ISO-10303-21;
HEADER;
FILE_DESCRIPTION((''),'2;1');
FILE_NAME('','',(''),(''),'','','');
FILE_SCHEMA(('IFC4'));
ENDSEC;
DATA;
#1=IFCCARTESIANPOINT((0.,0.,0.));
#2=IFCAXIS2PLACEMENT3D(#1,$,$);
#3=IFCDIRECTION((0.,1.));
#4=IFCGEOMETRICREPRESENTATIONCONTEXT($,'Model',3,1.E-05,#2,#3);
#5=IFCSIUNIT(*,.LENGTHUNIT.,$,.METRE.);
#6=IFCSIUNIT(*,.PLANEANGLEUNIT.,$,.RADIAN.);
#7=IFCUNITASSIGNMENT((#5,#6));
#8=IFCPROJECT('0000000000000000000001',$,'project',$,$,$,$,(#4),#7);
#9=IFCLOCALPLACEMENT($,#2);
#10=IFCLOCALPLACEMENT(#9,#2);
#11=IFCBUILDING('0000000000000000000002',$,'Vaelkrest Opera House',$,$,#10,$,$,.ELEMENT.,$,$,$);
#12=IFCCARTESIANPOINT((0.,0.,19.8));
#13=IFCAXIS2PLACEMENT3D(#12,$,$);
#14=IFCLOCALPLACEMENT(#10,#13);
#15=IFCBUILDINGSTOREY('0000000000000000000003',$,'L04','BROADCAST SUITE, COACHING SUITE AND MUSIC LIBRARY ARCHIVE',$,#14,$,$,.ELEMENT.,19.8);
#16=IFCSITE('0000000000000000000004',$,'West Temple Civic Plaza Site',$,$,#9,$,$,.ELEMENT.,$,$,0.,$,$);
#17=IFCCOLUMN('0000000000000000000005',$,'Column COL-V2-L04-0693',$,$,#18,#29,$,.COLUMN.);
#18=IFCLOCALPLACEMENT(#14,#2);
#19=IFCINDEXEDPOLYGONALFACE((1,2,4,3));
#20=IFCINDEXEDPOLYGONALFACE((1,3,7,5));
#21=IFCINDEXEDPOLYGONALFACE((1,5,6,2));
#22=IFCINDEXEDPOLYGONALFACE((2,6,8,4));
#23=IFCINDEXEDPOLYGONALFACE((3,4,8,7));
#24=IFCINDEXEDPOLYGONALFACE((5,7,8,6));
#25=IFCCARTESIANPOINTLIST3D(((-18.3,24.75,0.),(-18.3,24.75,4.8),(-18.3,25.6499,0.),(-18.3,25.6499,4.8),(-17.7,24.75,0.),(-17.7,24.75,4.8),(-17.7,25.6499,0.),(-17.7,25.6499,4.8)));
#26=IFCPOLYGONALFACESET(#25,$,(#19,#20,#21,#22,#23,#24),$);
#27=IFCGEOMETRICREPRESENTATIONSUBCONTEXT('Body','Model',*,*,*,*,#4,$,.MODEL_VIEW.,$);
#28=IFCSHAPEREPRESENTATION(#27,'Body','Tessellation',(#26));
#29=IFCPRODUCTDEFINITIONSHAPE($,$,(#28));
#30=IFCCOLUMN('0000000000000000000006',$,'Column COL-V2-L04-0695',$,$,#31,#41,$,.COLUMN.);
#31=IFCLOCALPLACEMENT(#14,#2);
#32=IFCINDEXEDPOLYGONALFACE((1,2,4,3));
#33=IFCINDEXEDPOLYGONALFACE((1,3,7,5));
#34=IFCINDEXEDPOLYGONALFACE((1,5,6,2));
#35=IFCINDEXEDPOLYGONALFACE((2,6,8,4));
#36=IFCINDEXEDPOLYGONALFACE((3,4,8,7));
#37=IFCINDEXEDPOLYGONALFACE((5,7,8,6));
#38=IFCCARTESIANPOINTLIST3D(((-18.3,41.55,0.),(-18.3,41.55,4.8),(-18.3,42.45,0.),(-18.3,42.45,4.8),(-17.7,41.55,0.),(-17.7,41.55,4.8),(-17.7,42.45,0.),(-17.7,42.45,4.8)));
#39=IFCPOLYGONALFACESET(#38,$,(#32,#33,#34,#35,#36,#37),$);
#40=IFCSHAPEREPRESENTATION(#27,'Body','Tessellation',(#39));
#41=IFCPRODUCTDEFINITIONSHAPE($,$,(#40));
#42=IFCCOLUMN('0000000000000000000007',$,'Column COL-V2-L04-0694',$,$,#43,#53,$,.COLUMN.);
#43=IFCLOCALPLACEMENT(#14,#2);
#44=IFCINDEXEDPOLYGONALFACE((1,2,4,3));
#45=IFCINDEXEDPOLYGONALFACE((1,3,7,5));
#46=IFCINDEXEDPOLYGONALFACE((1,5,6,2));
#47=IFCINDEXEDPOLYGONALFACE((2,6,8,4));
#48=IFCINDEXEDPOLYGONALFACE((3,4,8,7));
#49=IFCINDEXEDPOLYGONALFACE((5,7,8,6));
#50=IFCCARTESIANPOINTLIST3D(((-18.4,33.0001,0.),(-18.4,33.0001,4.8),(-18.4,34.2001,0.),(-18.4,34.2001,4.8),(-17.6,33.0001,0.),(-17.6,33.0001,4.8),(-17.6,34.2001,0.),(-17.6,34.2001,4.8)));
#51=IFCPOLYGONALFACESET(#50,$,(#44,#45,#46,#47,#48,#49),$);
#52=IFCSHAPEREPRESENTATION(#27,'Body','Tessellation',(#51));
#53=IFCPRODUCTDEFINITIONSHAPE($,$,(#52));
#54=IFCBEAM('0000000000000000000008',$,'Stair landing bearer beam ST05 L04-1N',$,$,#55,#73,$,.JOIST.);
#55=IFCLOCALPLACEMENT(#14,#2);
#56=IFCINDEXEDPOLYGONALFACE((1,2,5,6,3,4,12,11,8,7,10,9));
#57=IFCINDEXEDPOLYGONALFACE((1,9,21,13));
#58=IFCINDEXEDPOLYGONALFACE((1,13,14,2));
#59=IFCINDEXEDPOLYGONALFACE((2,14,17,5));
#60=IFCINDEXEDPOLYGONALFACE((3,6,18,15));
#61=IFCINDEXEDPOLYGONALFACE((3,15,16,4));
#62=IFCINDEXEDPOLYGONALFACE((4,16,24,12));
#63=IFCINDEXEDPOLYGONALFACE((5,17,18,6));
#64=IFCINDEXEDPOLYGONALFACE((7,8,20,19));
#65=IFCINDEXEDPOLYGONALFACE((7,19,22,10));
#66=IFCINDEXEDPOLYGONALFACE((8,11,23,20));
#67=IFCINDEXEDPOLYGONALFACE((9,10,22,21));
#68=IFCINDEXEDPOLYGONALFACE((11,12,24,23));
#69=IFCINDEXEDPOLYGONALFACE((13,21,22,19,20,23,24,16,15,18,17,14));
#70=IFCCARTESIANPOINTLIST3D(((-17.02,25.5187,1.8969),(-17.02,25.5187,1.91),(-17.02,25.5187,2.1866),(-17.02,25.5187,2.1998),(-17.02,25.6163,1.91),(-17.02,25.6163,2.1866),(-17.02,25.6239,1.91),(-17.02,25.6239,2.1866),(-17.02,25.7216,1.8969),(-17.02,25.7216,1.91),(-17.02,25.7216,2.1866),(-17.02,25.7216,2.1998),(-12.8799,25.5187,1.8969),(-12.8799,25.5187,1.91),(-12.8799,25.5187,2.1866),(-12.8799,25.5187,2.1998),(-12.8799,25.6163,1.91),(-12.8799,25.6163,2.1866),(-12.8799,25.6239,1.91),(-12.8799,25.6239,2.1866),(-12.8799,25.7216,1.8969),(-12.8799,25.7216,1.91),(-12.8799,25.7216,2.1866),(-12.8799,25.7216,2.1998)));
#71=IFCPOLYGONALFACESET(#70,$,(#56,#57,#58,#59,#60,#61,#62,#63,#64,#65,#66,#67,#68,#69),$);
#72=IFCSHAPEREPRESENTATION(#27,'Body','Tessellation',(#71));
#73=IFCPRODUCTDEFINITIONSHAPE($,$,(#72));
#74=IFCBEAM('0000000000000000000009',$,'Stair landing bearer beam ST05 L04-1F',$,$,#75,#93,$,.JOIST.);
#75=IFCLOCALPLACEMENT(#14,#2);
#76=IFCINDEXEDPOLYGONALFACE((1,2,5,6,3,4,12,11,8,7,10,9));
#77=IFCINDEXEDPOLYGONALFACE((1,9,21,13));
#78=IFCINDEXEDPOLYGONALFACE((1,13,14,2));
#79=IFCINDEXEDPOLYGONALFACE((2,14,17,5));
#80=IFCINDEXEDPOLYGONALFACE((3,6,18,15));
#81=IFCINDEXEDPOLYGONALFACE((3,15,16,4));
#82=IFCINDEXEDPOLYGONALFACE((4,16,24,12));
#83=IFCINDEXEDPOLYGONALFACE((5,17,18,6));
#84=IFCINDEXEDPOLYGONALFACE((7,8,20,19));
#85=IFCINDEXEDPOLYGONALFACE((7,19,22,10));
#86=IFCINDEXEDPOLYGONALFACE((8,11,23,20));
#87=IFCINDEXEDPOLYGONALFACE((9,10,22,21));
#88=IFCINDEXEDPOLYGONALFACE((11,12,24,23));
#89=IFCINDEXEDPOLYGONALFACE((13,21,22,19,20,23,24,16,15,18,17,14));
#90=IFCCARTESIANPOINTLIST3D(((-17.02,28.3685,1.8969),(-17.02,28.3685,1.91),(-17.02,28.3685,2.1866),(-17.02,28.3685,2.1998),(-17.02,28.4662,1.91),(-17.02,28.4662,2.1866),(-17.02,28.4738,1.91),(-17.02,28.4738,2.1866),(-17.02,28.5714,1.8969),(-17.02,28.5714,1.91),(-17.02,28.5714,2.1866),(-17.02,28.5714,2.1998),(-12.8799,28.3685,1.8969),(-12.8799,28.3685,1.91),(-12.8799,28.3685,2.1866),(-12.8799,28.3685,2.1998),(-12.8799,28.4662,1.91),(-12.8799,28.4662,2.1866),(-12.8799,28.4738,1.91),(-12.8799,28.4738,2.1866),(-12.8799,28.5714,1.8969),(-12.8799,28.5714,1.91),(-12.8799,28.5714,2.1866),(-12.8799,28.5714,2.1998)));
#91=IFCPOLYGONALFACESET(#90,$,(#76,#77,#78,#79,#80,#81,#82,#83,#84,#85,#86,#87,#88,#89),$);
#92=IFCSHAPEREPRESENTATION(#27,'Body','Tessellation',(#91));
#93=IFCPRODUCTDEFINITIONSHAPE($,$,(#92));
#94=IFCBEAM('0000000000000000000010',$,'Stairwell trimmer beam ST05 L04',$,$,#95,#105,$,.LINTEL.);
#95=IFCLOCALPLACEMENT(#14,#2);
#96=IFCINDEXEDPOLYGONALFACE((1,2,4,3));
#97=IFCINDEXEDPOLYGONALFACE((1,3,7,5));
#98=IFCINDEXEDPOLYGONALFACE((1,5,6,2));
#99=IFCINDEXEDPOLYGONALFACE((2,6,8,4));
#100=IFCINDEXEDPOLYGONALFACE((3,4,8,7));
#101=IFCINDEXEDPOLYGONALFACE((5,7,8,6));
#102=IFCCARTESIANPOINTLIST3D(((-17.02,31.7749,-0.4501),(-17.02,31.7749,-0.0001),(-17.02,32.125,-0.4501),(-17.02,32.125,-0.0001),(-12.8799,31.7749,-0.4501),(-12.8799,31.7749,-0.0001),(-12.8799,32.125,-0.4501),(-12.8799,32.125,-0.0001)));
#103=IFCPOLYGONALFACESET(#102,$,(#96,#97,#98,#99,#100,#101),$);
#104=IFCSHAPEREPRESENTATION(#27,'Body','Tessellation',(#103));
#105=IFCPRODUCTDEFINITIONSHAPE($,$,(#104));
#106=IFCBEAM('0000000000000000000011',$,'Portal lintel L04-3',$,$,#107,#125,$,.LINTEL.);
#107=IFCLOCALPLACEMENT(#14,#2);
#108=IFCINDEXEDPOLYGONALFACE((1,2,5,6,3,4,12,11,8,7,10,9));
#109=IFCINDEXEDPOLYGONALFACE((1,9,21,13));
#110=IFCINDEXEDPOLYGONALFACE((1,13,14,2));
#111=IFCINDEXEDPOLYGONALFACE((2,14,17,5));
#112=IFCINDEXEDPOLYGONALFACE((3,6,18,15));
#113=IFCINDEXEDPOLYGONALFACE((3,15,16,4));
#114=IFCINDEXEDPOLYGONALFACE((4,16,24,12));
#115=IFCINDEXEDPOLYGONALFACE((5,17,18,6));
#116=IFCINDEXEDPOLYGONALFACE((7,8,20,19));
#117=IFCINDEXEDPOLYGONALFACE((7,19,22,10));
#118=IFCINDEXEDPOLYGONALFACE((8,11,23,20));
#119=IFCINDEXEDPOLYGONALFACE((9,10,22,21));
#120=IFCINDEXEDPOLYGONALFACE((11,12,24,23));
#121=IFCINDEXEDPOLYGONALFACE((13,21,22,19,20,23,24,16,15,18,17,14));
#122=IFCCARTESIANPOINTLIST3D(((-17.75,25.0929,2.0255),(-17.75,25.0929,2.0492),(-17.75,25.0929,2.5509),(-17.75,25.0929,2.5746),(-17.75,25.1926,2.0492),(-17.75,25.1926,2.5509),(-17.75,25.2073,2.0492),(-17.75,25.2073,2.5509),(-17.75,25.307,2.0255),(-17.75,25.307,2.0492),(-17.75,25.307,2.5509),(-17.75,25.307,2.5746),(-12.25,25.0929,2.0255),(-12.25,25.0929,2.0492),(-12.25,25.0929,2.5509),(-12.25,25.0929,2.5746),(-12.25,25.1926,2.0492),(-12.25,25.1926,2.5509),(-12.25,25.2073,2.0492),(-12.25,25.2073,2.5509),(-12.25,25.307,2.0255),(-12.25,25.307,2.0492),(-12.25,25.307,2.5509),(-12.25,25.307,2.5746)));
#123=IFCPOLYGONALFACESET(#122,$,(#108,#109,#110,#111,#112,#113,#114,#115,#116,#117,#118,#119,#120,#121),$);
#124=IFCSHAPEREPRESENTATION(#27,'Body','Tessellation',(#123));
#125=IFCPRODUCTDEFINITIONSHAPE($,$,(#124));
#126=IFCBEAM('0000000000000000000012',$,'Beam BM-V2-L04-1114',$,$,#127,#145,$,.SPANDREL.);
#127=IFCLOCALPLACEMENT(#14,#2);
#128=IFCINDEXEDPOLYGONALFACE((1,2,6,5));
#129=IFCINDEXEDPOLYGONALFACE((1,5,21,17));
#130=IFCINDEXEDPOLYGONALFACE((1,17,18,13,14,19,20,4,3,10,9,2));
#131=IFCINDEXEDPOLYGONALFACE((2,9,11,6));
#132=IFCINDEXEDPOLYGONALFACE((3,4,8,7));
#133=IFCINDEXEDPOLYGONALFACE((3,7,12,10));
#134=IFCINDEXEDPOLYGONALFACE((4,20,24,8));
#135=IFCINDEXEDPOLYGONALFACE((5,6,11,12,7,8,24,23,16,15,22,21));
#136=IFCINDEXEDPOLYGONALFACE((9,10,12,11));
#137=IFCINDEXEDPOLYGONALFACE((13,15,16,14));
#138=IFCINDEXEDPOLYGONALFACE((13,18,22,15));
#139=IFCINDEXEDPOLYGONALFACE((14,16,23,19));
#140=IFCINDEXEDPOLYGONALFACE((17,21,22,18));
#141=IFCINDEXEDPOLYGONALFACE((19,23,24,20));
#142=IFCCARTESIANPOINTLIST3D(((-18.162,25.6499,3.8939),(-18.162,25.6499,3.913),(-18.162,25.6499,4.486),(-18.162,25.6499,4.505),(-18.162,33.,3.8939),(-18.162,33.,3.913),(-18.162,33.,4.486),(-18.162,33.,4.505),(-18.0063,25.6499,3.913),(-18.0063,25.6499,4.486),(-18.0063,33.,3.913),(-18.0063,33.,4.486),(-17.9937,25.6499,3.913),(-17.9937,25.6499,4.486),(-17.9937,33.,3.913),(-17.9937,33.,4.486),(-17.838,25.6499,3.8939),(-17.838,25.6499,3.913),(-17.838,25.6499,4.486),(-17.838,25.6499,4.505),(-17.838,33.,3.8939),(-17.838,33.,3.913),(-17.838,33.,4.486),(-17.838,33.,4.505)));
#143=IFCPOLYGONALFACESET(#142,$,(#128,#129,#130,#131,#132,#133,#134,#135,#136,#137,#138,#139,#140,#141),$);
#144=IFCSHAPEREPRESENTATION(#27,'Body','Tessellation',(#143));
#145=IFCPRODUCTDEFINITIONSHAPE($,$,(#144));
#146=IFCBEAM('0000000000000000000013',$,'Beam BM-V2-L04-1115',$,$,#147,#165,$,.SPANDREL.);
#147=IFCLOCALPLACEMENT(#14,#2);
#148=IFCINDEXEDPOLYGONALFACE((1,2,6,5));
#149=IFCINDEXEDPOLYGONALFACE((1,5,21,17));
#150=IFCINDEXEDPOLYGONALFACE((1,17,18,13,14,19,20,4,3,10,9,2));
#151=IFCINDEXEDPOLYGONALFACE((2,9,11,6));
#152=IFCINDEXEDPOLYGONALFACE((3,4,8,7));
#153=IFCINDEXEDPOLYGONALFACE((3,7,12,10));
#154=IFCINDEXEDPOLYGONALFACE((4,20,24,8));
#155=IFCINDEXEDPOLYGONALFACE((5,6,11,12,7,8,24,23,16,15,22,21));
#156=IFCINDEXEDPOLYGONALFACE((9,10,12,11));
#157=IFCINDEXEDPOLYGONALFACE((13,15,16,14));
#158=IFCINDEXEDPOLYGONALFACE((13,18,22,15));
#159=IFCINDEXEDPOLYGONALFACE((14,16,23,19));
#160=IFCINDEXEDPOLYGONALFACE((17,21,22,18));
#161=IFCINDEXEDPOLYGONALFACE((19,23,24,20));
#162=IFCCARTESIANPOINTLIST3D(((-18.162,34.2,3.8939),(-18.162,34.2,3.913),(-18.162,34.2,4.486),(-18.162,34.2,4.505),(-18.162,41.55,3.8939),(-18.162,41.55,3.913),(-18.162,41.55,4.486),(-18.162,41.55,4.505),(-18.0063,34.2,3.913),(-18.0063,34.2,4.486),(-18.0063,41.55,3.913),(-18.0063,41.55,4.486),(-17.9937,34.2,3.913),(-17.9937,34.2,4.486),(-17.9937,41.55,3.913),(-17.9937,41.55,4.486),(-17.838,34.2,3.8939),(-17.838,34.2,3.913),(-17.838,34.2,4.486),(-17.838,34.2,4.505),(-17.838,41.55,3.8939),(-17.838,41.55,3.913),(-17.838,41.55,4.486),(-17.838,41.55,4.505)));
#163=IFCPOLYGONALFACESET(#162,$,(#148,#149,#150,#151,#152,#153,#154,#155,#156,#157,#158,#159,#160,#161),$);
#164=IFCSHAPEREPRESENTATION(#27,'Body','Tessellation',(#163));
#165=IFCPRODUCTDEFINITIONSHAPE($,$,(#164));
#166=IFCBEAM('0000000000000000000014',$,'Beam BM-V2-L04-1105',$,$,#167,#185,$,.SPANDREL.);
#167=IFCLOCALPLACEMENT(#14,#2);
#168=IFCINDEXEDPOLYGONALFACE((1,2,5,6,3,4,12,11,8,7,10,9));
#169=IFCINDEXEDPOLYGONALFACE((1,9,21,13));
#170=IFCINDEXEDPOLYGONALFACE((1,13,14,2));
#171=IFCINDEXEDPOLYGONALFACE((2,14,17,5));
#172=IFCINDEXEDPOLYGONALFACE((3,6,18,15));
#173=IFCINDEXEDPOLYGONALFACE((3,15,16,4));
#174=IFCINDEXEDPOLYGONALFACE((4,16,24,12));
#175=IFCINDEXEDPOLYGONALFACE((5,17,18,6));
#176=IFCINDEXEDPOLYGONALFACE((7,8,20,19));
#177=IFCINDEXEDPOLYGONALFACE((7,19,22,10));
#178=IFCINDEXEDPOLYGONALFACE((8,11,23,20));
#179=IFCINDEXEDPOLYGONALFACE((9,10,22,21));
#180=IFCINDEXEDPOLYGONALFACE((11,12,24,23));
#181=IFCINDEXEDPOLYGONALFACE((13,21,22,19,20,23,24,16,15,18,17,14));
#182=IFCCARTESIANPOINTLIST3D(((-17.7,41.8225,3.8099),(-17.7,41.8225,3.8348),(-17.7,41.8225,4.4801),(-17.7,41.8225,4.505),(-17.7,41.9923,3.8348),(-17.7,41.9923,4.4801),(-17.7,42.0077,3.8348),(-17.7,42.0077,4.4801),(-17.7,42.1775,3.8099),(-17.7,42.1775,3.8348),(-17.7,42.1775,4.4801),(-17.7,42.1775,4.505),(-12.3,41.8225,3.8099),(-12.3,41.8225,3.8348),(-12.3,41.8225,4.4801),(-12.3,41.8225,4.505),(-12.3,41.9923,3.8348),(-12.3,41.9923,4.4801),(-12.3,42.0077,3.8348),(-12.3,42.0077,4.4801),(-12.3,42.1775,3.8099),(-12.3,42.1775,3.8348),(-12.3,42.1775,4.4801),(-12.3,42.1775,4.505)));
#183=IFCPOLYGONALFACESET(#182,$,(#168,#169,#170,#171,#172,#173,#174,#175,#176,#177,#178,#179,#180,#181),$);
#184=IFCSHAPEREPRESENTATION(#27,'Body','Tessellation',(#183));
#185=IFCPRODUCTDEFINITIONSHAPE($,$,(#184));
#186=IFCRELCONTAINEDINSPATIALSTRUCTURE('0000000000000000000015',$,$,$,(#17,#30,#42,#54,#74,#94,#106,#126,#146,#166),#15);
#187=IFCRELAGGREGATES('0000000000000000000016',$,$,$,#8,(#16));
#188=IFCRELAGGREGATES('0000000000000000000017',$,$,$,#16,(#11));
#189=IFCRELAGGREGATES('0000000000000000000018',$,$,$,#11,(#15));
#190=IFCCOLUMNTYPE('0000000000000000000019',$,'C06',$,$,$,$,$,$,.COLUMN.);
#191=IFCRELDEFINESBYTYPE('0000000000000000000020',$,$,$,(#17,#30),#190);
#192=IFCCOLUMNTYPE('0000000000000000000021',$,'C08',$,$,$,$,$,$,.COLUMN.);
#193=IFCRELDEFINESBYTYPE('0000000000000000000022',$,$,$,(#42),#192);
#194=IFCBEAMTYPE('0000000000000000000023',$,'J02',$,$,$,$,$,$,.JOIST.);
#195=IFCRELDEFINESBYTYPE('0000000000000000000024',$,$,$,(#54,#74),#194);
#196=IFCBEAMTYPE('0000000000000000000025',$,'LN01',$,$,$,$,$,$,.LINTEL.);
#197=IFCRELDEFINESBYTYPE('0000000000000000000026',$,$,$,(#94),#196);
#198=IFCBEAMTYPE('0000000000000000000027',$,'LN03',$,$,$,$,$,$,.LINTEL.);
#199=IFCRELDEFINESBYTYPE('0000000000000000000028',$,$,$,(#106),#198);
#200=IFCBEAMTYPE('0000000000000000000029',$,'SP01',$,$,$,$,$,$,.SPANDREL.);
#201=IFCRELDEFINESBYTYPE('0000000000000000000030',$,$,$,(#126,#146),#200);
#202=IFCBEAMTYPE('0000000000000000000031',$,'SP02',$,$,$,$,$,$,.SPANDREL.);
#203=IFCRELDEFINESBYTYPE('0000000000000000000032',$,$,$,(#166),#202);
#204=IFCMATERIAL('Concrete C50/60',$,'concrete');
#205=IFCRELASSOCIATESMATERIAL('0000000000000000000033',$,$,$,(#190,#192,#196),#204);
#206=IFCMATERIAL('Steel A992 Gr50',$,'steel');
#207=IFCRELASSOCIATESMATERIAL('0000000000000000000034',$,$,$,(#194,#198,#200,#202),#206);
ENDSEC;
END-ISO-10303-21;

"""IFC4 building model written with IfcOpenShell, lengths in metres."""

from ifc_helpers import new_model, si_unit, direction, frame, origin, origin_2d, place, context, subcontext, project, spatial, rectangle, i_section, extrude, material, material_profile, profile_set, type_object, element, save


model = new_model("IFC4")

# Units and contexts
model_context = context("Model", 3, precision=1e-05, world=origin(), true_north=direction((0.0, 1.0)))
body_context = subcontext(model_context, "Body", "Model", "MODEL_VIEW")
ifc_project = project(units=[si_unit("LENGTHUNIT", "METRE"), si_unit("PLANEANGLEUNIT", "RADIAN")], contexts=[model_context])

# Site, building, storey
site_placement = place(None, origin())
site = spatial("IfcSite", under=ifc_project, at=site_placement, Name="West Temple Civic Plaza Site", CompositionType="ELEMENT", RefElevation=0.0)
building_placement = place(site_placement, origin())
building = spatial("IfcBuilding", under=site, at=building_placement, Name="Vaelkrest Opera House", CompositionType="ELEMENT")
storey_placement = place(building_placement, frame((0.0, 0.0, 19.8)))
storey = spatial("IfcBuildingStorey", under=building, at=storey_placement, Name="L04", Description="BROADCAST SUITE, COACHING SUITE AND MUSIC LIBRARY ARCHIVE", CompositionType="ELEMENT", Elevation=19.8)

# Columns
ifc_material_1 = material(Name="Concrete C50/60", Category="concrete")
ifc_material_profile_1 = material_profile(ifc_material_1, rectangle(XDim=0.6001, YDim=0.8999, at=origin_2d()), Name="RC600X900")
ifc_profile_set_1 = profile_set([ifc_material_profile_1], Name="Concrete C50/60")
column_type_1 = type_object("IfcColumnType", Name="C06", PredefinedType="COLUMN", material=ifc_profile_set_1)
for number, where, z_axis, x_axis, name in (
    (1, (-18.0, 25.2, 0.0), (0.0, 0.0, 1.0), (1.0, 0.0, 0.0), "Column COL-V2-L04-0693"),
    (2, (-18.0, 42.0, 0.0), (0.0, 0.0, 1.0), (1.0, 0.0, 0.0), "Column COL-V2-L04-0695"),
):
    element("IfcColumn", number, at=place(storey_placement, frame(where, z_axis=z_axis, x_axis=x_axis)), inside=storey, type_object=column_type_1, Name=name, PredefinedType="COLUMN", context=body_context, shape_type="SweptSolid", body=[
        extrude(rectangle(XDim=0.6001, YDim=0.8999, at=origin_2d()), origin(), (0.0, 0.0, 1.0), 4.8),
    ])
ifc_material_profile_2 = material_profile(ifc_material_1, rectangle(XDim=0.8, YDim=1.2, at=origin_2d()), Name="RC800X1200")
ifc_profile_set_2 = profile_set([ifc_material_profile_2], Name="Concrete C50/60")
column_type_2 = type_object("IfcColumnType", Name="C08", PredefinedType="COLUMN", material=ifc_profile_set_2)
column_placement = place(storey_placement, frame((-18.0, 33.6001, 0.0), z_axis=(0.0, 0.0, 1.0), x_axis=(1.0, 0.0, 0.0)))
element("IfcColumn", 3, at=column_placement, inside=storey, type_object=column_type_2, Name="Column COL-V2-L04-0694", PredefinedType="COLUMN", context=body_context, shape_type="SweptSolid", body=[
    extrude(rectangle(XDim=0.8, YDim=1.2, at=origin_2d()), origin(), (0.0, 0.0, 1.0), 4.8),
])

# Beams
ifc_material_2 = material(Name="Steel A992 Gr50", Category="steel")
ifc_material_profile_3 = material_profile(ifc_material_2, i_section(OverallWidth=0.2029, OverallDepth=0.303, WebThickness=0.0076, FlangeThickness=0.0132, at=origin_2d()), Name="W12X40")
ifc_profile_set_3 = profile_set([ifc_material_profile_3], Name="Steel A992 Gr50")
beam_type_1 = type_object("IfcBeamType", Name="J02", PredefinedType="JOIST", material=ifc_profile_set_3)
for number, where, z_axis, x_axis, name in (
    (4, (-17.02, 25.6201, 2.0483), (1.0, 0.0, 0.0), (0.0, 1.0, 0.0), "Stair landing bearer beam ST05 L04-1N"),
    (5, (-17.02, 28.47, 2.0483), (1.0, 0.0, 0.0), (0.0, 1.0, 0.0), "Stair landing bearer beam ST05 L04-1F"),
):
    element("IfcBeam", number, at=place(storey_placement, frame(where, z_axis=z_axis, x_axis=x_axis)), inside=storey, type_object=beam_type_1, Name=name, PredefinedType="JOIST", context=body_context, shape_type="SweptSolid", body=[
        extrude(i_section(OverallWidth=0.2029, OverallDepth=0.303, WebThickness=0.0076, FlangeThickness=0.0132, at=origin_2d()), origin(), (0.0, 0.0, 1.0), 4.1401),
    ])
ifc_material_profile_4 = material_profile(ifc_material_1, rectangle(XDim=0.3501, YDim=0.45, at=origin_2d()), Name="RCB350X450")
ifc_profile_set_4 = profile_set([ifc_material_profile_4], Name="Concrete C50/60")
beam_type_2 = type_object("IfcBeamType", Name="LN01", PredefinedType="LINTEL", material=ifc_profile_set_4)
beam_1_placement = place(storey_placement, frame((-17.02, 31.95, -0.2251), z_axis=(1.0, 0.0, 0.0), x_axis=(0.0, 1.0, 0.0)))
element("IfcBeam", 6, at=beam_1_placement, inside=storey, type_object=beam_type_2, Name="Stairwell trimmer beam ST05 L04", PredefinedType="LINTEL", context=body_context, shape_type="SweptSolid", body=[
    extrude(rectangle(XDim=0.3501, YDim=0.45, at=origin_2d()), origin(), (0.0, 0.0, 1.0), 4.1401),
])
ifc_material_profile_5 = material_profile(ifc_material_2, i_section(OverallWidth=0.2141, OverallDepth=0.5491, WebThickness=0.0146, FlangeThickness=0.0237, at=origin_2d()), Name="W21X93")
ifc_profile_set_5 = profile_set([ifc_material_profile_5], Name="Steel A992 Gr50")
beam_type_3 = type_object("IfcBeamType", Name="LN03", PredefinedType="LINTEL", material=ifc_profile_set_5)
beam_2_placement = place(storey_placement, frame((-17.75, 25.2, 2.3), z_axis=(1.0, 0.0, 0.0), x_axis=(0.0, 1.0, 0.0)))
element("IfcBeam", 7, at=beam_2_placement, inside=storey, type_object=beam_type_3, Name="Portal lintel L04-3", PredefinedType="LINTEL", context=body_context, shape_type="SweptSolid", body=[
    extrude(i_section(OverallWidth=0.2141, OverallDepth=0.5491, WebThickness=0.0146, FlangeThickness=0.0237, at=origin_2d()), origin(), (0.0, 0.0, 1.0), 5.5),
])
ifc_material_profile_6 = material_profile(ifc_material_2, i_section(OverallWidth=0.324, OverallDepth=0.6111, WebThickness=0.0127, FlangeThickness=0.019, at=origin_2d()), Name="W24X104")
ifc_profile_set_6 = profile_set([ifc_material_profile_6], Name="Steel A992 Gr50")
beam_type_4 = type_object("IfcBeamType", Name="SP01", PredefinedType="SPANDREL", material=ifc_profile_set_6)
for number, where, z_axis, x_axis, name in (
    (8, (-18.0, 25.6499, 4.1995), (0.0, 1.0, 0.0), (-1.0, 0.0, 0.0), "Beam BM-V2-L04-1114"),
    (9, (-18.0, 34.2, 4.1995), (0.0, 1.0, 0.0), (-1.0, 0.0, 0.0), "Beam BM-V2-L04-1115"),
):
    element("IfcBeam", number, at=place(storey_placement, frame(where, z_axis=z_axis, x_axis=x_axis)), inside=storey, type_object=beam_type_4, Name=name, PredefinedType="SPANDREL", context=body_context, shape_type="SweptSolid", body=[
        extrude(i_section(OverallWidth=0.324, OverallDepth=0.6111, WebThickness=0.0127, FlangeThickness=0.019, at=origin_2d()), origin(), (0.0, 0.0, 1.0), 7.3501),
    ])
ifc_material_profile_7 = material_profile(ifc_material_2, i_section(OverallWidth=0.355, OverallDepth=0.6951, WebThickness=0.0154, FlangeThickness=0.0249, at=origin_2d()), Name="W27X146")
ifc_profile_set_7 = profile_set([ifc_material_profile_7], Name="Steel A992 Gr50")
beam_type_5 = type_object("IfcBeamType", Name="SP02", PredefinedType="SPANDREL", material=ifc_profile_set_7)
beam_3_placement = place(storey_placement, frame((-17.7, 42.0, 4.1575), z_axis=(1.0, 0.0, 0.0), x_axis=(0.0, 1.0, 0.0)))
element("IfcBeam", 10, at=beam_3_placement, inside=storey, type_object=beam_type_5, Name="Beam BM-V2-L04-1105", PredefinedType="SPANDREL", context=body_context, shape_type="SweptSolid", body=[
    extrude(i_section(OverallWidth=0.355, OverallDepth=0.6951, WebThickness=0.0154, FlangeThickness=0.0249, at=origin_2d()), origin(), (0.0, 0.0, 1.0), 5.3999),
])

save(model, "model.ifc")
